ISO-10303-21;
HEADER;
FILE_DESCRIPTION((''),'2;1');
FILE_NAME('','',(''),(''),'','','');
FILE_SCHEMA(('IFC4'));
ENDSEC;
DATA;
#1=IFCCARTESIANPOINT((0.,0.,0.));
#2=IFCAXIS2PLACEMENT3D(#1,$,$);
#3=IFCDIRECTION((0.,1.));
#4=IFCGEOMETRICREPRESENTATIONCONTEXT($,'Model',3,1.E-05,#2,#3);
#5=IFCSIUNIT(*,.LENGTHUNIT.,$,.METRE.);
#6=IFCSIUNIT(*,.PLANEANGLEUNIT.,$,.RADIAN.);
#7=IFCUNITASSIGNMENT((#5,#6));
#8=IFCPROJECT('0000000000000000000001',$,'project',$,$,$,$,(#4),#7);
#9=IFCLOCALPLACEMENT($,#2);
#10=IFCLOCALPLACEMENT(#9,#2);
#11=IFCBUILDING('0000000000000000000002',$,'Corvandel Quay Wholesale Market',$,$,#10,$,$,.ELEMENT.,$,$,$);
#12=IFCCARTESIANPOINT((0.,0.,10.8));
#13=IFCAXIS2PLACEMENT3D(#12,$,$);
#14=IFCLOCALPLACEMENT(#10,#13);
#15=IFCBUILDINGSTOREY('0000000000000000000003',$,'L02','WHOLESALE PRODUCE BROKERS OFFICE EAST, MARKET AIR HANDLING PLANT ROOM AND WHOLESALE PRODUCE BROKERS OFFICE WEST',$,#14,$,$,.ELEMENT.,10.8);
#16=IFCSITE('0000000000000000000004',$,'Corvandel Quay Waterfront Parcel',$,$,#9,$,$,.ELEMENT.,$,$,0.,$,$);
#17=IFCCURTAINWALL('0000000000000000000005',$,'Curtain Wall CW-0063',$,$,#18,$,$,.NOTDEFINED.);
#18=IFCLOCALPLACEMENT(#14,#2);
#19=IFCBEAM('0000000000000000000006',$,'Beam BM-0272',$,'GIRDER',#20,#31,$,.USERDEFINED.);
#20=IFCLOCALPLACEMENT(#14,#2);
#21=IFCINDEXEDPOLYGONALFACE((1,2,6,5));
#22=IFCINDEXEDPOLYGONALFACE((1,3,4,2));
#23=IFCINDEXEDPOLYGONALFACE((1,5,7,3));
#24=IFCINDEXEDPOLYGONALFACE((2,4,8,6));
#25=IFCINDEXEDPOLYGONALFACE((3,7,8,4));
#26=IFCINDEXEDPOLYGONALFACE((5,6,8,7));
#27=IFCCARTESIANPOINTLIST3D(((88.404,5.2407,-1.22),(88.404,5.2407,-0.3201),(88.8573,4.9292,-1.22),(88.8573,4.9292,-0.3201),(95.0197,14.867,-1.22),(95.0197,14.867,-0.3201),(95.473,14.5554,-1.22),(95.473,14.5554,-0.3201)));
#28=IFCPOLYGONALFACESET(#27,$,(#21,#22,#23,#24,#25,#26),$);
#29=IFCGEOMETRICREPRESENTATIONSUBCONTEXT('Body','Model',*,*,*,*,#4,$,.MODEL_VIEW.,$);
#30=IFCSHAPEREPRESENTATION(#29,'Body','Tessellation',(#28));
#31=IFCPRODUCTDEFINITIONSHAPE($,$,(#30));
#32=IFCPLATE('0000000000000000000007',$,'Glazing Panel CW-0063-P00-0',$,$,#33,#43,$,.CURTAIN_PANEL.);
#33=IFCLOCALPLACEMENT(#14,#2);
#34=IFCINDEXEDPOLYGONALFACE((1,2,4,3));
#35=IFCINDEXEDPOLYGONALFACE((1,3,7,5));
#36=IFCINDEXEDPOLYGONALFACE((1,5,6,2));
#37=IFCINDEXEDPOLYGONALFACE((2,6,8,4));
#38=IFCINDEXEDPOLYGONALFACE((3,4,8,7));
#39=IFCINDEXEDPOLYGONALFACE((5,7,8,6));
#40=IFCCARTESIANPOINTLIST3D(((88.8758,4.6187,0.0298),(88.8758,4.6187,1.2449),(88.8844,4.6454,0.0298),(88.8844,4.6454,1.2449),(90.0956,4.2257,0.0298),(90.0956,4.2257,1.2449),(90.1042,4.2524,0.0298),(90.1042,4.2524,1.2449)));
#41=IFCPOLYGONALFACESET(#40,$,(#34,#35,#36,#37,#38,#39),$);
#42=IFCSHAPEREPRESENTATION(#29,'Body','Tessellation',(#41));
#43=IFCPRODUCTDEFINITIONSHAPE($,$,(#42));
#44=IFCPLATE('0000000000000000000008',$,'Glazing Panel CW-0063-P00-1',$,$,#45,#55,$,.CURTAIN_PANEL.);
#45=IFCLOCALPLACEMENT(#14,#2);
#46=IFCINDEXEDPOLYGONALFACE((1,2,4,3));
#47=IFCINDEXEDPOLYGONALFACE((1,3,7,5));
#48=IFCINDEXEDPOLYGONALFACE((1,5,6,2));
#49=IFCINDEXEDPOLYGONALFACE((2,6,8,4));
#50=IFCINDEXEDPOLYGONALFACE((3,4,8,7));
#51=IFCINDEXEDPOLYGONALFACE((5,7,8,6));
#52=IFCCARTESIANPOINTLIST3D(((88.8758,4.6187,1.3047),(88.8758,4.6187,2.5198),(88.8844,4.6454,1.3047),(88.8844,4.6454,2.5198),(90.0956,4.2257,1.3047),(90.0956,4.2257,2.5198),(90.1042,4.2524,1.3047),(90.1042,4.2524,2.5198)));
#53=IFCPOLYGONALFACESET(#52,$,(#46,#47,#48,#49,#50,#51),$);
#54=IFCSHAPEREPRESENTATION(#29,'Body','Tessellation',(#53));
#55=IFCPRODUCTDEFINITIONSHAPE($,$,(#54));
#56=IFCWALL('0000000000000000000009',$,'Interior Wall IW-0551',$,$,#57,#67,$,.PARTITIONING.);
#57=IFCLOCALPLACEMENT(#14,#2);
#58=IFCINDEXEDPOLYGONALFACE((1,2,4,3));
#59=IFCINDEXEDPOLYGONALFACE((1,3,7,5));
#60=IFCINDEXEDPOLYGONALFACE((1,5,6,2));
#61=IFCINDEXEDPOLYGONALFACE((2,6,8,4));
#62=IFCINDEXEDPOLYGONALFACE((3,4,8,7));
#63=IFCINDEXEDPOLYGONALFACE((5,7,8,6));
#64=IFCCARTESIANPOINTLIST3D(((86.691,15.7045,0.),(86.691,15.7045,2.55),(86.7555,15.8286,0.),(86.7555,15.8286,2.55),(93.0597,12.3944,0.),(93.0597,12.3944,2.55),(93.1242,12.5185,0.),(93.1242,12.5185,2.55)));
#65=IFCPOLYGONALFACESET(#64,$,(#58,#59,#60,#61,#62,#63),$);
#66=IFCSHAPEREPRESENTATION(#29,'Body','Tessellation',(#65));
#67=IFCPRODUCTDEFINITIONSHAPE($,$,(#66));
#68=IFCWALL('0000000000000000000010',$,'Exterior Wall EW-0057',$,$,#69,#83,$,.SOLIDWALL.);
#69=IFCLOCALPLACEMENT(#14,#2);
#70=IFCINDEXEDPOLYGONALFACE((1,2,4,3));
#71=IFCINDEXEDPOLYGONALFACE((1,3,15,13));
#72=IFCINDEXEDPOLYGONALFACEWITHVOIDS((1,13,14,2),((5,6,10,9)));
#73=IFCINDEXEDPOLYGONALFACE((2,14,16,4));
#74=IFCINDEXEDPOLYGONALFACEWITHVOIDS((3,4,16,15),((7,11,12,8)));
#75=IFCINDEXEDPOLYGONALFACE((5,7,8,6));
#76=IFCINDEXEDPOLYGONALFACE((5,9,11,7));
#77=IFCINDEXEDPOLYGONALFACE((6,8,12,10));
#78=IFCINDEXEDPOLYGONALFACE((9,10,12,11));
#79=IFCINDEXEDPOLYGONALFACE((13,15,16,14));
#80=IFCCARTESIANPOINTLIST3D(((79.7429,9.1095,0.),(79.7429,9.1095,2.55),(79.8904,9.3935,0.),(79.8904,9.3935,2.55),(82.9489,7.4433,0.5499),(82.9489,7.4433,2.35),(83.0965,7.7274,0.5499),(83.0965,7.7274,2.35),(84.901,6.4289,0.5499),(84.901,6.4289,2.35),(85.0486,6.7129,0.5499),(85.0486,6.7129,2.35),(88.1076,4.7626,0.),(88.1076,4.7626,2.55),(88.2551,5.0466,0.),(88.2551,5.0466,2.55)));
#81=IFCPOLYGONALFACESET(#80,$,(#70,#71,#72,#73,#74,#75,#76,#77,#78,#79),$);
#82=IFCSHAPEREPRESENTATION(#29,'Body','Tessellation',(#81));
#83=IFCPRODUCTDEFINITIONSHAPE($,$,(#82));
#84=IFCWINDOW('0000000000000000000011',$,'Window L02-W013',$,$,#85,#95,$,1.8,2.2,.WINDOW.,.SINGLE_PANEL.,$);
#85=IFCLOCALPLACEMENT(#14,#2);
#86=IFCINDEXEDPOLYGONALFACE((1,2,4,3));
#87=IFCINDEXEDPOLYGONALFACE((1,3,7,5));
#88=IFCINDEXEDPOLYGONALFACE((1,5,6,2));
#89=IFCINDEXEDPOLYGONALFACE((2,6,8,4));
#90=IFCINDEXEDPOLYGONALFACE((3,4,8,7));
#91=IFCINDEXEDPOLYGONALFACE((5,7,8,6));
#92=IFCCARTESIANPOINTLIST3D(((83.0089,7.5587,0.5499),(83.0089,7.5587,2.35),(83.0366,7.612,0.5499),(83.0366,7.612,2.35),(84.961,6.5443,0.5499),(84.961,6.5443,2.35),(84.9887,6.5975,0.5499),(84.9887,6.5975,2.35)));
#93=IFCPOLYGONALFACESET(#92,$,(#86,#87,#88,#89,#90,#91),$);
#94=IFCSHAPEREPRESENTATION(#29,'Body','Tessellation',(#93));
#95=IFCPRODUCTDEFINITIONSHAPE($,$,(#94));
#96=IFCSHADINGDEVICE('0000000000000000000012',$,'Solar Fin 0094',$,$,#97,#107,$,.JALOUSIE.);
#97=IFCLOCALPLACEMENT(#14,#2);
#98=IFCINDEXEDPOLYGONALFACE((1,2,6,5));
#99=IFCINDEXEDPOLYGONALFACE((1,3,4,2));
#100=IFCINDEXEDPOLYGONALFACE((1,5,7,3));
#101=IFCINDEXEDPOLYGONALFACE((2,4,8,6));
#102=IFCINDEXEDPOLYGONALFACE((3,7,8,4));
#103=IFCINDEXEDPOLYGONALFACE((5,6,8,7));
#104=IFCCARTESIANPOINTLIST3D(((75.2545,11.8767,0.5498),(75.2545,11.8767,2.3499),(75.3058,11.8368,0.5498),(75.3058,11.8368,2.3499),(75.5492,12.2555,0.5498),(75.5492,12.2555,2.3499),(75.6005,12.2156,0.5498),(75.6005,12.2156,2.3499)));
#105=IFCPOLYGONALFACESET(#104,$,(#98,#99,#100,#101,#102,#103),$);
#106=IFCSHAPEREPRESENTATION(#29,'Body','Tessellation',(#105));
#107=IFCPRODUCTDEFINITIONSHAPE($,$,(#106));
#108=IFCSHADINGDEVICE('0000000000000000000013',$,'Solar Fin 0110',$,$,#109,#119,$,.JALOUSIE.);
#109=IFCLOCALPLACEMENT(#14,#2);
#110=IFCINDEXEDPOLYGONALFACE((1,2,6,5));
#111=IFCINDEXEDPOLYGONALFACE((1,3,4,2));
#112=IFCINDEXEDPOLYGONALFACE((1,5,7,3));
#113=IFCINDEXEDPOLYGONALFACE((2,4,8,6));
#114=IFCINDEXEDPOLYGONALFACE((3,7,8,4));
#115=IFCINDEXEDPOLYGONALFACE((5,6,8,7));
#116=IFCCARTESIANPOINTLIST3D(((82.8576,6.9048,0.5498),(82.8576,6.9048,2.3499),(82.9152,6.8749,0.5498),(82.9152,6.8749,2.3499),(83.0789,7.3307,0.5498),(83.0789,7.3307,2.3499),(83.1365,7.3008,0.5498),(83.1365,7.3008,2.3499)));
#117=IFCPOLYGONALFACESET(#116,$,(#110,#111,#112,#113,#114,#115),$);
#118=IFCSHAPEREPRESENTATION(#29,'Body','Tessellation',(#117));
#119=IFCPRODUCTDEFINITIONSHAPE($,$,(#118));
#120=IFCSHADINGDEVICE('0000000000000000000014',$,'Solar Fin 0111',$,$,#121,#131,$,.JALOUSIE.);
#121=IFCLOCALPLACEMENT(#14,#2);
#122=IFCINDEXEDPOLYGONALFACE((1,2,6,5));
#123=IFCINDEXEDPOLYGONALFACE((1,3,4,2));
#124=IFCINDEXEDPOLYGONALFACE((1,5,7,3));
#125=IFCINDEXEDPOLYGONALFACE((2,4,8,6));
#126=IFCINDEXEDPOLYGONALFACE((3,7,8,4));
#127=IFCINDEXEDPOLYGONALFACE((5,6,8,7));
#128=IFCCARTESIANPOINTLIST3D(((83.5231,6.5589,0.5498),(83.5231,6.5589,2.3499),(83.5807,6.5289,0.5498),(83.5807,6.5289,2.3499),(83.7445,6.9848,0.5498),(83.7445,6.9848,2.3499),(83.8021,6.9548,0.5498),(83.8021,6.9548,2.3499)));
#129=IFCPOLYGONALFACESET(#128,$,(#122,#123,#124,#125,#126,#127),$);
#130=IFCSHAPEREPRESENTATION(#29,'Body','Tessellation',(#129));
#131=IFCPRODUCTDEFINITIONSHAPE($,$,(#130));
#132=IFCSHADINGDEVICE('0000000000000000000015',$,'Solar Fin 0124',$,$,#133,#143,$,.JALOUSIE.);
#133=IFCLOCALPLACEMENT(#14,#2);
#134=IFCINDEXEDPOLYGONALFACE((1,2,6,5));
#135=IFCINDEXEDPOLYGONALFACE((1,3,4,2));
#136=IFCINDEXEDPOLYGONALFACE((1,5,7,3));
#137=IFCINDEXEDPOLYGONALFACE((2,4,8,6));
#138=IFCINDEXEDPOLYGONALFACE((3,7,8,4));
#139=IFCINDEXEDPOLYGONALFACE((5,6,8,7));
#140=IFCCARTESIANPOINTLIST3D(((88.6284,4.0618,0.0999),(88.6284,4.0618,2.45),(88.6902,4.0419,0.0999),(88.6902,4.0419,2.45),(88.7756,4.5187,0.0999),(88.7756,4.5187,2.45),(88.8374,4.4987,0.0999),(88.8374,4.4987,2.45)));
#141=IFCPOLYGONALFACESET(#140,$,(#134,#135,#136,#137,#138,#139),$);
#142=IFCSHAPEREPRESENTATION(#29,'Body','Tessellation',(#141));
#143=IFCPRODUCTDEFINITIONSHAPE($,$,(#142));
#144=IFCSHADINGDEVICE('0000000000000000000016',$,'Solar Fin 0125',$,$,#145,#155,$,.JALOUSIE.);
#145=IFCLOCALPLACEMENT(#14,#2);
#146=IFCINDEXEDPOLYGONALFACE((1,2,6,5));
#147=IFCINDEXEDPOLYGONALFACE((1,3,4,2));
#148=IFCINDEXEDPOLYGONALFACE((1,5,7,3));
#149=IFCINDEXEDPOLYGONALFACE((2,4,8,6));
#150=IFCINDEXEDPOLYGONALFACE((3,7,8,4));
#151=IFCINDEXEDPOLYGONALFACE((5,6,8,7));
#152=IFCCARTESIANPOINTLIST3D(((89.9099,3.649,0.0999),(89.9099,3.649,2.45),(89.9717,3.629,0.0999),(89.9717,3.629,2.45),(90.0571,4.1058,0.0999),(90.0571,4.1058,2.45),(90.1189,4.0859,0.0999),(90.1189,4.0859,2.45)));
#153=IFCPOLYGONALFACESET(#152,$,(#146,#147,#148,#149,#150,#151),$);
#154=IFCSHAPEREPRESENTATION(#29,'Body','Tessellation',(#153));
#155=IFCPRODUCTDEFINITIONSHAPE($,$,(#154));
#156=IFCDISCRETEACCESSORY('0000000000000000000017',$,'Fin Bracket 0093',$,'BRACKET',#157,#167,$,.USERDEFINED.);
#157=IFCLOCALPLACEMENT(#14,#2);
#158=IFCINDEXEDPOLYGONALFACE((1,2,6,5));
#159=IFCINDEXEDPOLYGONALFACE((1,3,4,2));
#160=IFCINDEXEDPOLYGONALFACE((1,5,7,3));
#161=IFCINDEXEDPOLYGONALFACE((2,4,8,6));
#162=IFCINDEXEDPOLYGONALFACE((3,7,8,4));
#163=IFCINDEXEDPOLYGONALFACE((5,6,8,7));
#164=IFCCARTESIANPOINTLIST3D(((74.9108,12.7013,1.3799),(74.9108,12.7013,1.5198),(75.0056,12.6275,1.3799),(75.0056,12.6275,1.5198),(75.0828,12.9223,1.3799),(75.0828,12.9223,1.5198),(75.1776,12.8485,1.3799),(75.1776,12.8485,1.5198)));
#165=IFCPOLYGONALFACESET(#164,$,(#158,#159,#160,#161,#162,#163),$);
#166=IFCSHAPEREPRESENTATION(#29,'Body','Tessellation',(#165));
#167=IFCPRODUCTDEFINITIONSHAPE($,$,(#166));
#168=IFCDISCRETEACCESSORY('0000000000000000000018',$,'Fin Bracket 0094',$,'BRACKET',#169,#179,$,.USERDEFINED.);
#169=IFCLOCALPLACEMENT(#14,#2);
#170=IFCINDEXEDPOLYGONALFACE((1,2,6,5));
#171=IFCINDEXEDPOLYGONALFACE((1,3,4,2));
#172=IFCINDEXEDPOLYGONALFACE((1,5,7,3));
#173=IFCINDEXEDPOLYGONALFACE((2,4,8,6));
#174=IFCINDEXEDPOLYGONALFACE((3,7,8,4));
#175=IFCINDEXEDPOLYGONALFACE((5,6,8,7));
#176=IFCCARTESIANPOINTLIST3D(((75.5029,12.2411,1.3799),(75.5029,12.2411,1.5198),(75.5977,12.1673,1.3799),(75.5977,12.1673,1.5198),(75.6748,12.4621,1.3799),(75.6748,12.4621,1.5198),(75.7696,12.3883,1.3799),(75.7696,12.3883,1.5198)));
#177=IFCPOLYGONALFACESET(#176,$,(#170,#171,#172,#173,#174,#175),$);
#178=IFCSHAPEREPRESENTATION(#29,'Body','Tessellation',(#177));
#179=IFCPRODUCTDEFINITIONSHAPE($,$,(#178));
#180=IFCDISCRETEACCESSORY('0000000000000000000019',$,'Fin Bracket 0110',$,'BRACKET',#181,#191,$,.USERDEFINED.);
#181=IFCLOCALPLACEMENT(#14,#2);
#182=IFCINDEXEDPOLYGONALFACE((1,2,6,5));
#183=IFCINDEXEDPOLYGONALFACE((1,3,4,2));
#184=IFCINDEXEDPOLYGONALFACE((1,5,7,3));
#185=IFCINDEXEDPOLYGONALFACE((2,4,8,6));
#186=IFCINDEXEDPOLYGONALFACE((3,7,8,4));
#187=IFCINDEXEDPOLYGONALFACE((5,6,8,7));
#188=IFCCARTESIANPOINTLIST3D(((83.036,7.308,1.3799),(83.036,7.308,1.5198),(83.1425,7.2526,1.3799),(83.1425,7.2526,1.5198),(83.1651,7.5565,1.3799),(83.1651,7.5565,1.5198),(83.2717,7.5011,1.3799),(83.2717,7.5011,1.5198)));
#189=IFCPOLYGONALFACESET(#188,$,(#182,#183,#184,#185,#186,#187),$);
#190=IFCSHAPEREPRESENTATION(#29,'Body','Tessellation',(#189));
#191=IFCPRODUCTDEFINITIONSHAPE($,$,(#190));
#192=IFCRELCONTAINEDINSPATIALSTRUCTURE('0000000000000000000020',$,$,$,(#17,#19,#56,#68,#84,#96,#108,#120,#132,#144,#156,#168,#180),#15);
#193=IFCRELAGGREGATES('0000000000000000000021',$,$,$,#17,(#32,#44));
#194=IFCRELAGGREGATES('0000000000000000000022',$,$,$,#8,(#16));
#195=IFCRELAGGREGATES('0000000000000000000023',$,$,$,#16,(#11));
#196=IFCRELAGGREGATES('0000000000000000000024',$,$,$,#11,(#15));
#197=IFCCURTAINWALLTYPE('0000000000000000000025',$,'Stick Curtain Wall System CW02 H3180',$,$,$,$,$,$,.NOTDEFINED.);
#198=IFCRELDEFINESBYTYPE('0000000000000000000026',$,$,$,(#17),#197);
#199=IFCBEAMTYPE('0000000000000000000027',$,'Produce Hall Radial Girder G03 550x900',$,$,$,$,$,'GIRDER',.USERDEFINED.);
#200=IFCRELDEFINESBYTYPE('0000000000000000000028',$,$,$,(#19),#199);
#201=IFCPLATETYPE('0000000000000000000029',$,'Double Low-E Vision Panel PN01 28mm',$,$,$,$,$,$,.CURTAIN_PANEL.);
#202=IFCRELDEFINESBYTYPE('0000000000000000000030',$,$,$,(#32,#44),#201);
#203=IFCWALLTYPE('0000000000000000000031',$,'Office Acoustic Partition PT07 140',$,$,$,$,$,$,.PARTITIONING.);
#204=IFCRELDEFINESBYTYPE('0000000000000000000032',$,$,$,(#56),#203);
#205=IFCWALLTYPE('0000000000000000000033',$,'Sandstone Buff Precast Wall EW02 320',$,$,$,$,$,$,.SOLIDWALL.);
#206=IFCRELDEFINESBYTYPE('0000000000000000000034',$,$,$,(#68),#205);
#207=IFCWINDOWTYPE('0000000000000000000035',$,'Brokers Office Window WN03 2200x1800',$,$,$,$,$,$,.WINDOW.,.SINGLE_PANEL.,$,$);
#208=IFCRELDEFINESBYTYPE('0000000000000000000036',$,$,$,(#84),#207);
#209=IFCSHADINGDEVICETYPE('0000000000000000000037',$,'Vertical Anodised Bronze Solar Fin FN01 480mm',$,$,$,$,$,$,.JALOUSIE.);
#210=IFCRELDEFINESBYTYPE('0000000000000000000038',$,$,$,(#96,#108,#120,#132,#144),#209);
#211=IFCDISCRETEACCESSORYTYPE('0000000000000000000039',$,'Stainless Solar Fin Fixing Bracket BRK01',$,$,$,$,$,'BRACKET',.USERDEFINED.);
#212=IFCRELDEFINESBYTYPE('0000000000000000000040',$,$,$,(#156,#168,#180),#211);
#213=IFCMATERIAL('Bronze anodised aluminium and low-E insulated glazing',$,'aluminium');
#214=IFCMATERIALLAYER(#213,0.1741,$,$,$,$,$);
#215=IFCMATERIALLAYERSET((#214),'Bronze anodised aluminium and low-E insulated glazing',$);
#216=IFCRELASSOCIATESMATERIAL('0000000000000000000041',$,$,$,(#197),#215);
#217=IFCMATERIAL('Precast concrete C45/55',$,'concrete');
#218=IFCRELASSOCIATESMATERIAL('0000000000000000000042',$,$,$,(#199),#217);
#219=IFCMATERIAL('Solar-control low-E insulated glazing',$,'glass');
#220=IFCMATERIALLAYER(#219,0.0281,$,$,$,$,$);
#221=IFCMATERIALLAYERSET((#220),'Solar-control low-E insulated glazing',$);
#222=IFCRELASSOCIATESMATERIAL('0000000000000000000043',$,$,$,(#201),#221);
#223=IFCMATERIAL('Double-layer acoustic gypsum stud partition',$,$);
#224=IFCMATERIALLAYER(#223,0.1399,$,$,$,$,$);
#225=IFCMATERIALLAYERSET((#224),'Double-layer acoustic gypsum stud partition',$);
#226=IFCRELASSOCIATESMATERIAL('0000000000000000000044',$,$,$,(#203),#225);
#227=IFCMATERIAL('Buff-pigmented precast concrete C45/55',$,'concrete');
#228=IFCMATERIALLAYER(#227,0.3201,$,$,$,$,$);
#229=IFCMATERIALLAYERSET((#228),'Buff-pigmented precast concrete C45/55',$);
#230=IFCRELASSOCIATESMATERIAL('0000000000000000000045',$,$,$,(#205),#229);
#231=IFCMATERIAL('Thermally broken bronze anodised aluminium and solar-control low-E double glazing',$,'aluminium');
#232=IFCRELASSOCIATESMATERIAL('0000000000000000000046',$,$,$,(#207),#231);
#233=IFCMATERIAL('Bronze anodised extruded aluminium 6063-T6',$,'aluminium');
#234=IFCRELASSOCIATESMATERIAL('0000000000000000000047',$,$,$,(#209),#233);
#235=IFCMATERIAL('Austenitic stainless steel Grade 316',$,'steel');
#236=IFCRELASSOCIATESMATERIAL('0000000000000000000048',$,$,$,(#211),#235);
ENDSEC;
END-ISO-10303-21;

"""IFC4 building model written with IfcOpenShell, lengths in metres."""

from ifc_helpers import new_model, si_unit, direction, frame, frame_2d, origin, origin_2d, place, context, subcontext, project, spatial, rectangle, extrude, material, layer, layer_set, material_profile, profile_set, type_object, element, fill, aggregate, save


model = new_model("IFC4")

# Units and contexts
model_context = context("Model", 3, precision=1e-05, world=origin(), true_north=direction((0.0, 1.0)))
body_context = subcontext(model_context, "Body", "Model", "MODEL_VIEW")
ifc_project = project(units=[si_unit("LENGTHUNIT", "METRE"), si_unit("PLANEANGLEUNIT", "RADIAN")], contexts=[model_context])

# Site, building, storey
site_placement = place(None, origin())
site = spatial("IfcSite", under=ifc_project, at=site_placement, Name="Corvandel Quay Waterfront Parcel", CompositionType="ELEMENT", RefElevation=0.0)
building_placement = place(site_placement, origin())
building = spatial("IfcBuilding", under=site, at=building_placement, Name="Corvandel Quay Wholesale Market", CompositionType="ELEMENT")
storey_placement = place(building_placement, frame((0.0, 0.0, 10.8)))
storey = spatial("IfcBuildingStorey", under=building, at=storey_placement, Name="L02", Description="WHOLESALE PRODUCE BROKERS OFFICE EAST, MARKET AIR HANDLING PLANT ROOM AND WHOLESALE PRODUCE BROKERS OFFICE WEST", CompositionType="ELEMENT", Elevation=10.8)

# Shared definitions
ifc_material_1 = material(Name="Precast concrete C45/55", Category="concrete")

# Curtain wall
ifc_material_2 = material(Name="Bronze anodised aluminium and low-E insulated glazing", Category="aluminium")
ifc_layer_1 = layer(ifc_material_2, 0.1741)
ifc_layer_set_1 = layer_set([ifc_layer_1], Name="Bronze anodised aluminium and low-E insulated glazing")
curtain_wall_type_1 = type_object("IfcCurtainWallType", Name="Stick Curtain Wall System CW02 H3180", PredefinedType="NOTDEFINED", material=ifc_layer_set_1)
curtain_wall_1_placement = place(storey_placement, origin())
curtain_wall_1 = element("IfcCurtainWall", 1, at=curtain_wall_1_placement, inside=storey, type_object=curtain_wall_type_1, Name="Curtain Wall CW-0063", PredefinedType="NOTDEFINED")

# Beam
ifc_material_profile_1 = material_profile(ifc_material_1, rectangle(XDim=0.55, YDim=0.8999, at=origin_2d()), Name="PC-GIR-550x900")
ifc_profile_set_1 = profile_set([ifc_material_profile_1], Name="Precast concrete C45/55")
beam_type_1 = type_object("IfcBeamType", Name="Produce Hall Radial Girder G03 550x900", ElementType="GIRDER", PredefinedType="USERDEFINED", material=ifc_profile_set_1)
beam_1_placement = place(storey_placement, frame((88.6306, 5.085, -0.77), z_axis=(0.566395, 0.824134, 0.0), x_axis=(-0.824134, 0.566395, 0.0)))
element("IfcBeam", 2, at=beam_1_placement, inside=storey, type_object=beam_type_1, Name="Beam BM-0272", ObjectType="GIRDER", PredefinedType="USERDEFINED", context=body_context, shape_type="SweptSolid", body=[
    extrude(rectangle(XDim=0.55, YDim=0.8999, at=origin_2d()), origin(), (0.0, 0.0, 1.0), 11.6804),
])

# Plates
ifc_material_3 = material(Name="Solar-control low-E insulated glazing", Category="glass")
ifc_layer_2 = layer(ifc_material_3, 0.0281)
ifc_layer_set_2 = layer_set([ifc_layer_2], Name="Solar-control low-E insulated glazing")
plate_type = type_object("IfcPlateType", Name="Double Low-E Vision Panel PN01 28mm", PredefinedType="CURTAIN_PANEL", material=ifc_layer_set_2)
plate_1_placement = place(storey_placement, frame((89.49, 4.4355, 0.0298), z_axis=(0.0, 0.0, 1.0), x_axis=(-0.951809, 0.306692, 0.0)))
plate_1 = element("IfcPlate", 3, at=plate_1_placement, type_object=plate_type, Name="Glazing Panel CW-0063-P00-0", PredefinedType="CURTAIN_PANEL", context=body_context, shape_type="SweptSolid", body=[
    extrude(rectangle(XDim=1.2815, YDim=0.0281, at=origin_2d()), origin(), (0.0, 0.0, 1.0), 1.2151),
])
plate_2_placement = place(storey_placement, frame((89.49, 4.4355, 1.3047), z_axis=(0.0, 0.0, 1.0), x_axis=(-0.951809, 0.306692, 0.0)))
plate_2 = element("IfcPlate", 4, at=plate_2_placement, type_object=plate_type, Name="Glazing Panel CW-0063-P00-1", PredefinedType="CURTAIN_PANEL", context=body_context, shape_type="SweptSolid", body=[
    extrude(rectangle(XDim=1.2815, YDim=0.0281, at=origin_2d()), origin(), (0.0, 0.0, 1.0), 1.2151),
])
aggregate(curtain_wall_1, [plate_1, plate_2])

# Wall
ifc_material_4 = material(Name="Double-layer acoustic gypsum stud partition")
ifc_layer_3 = layer(ifc_material_4, 0.1399)
ifc_layer_set_3 = layer_set([ifc_layer_3], Name="Double-layer acoustic gypsum stud partition")
wall_type_1 = type_object("IfcWallType", Name="Office Acoustic Partition PT07 140", PredefinedType="PARTITIONING", material=ifc_layer_set_3)
wall_1_placement = place(storey_placement, frame((86.7231, 15.7666, 0.0), z_axis=(0.0, 0.0, 1.0), x_axis=(0.88731, -0.461173, 0.0)))
element("IfcWall", 5, at=wall_1_placement, inside=storey, type_object=wall_type_1, Name="Interior Wall IW-0551", PredefinedType="PARTITIONING", context=body_context, shape_type="SweptSolid", body=[
    extrude(rectangle(XDim=7.1775, YDim=0.1399, at=frame_2d((3.5889, 0.0))), origin(), (0.0, 0.0, 1.0), 2.55),
])

# Wall, opening, window
ifc_material_5 = material(Name="Buff-pigmented precast concrete C45/55", Category="concrete")
ifc_layer_4 = layer(ifc_material_5, 0.3201)
ifc_layer_set_4 = layer_set([ifc_layer_4], Name="Buff-pigmented precast concrete C45/55")
wall_type_2 = type_object("IfcWallType", Name="Sandstone Buff Precast Wall EW02 320", PredefinedType="SOLIDWALL", material=ifc_layer_set_4)
wall_2_placement = place(storey_placement, frame((79.8167, 9.2515, 0.0), z_axis=(0.0, 0.0, 1.0), x_axis=(0.887336, -0.461124, 0.0)))
wall_2 = element("IfcWall", 6, at=wall_2_placement, inside=storey, type_object=wall_type_2, Name="Exterior Wall EW-0057", PredefinedType="SOLIDWALL", context=body_context, shape_type="SweptSolid", body=[
    extrude(rectangle(XDim=9.4268, YDim=0.3201, at=frame_2d((4.7134, 0.0))), origin(), (0.0, 0.0, 1.0), 2.55),
])
opening_placement = place(wall_2_placement, frame((3.613, 0.0, 0.55)))
opening = element("IfcOpeningElement", 7, at=opening_placement, cuts=wall_2, PredefinedType="OPENING", context=body_context, shape_type="SweptSolid", body=[
    extrude(rectangle(XDim=2.2, YDim=1.8, at=frame_2d((1.1001, 0.8999))), frame((0.0, 0.1699, 0.0), z_axis=(0.0, -1.0, 0.0), x_axis=(1.0, 0.0, 0.0)), (0.0, 0.0, 1.0), 0.3401),
])
ifc_material_6 = material(Name="Thermally broken bronze anodised aluminium and solar-control low-E double glazing", Category="aluminium")
window_type = type_object("IfcWindowType", Name="Brokers Office Window WN03 2200x1800", PartitioningType="SINGLE_PANEL", PredefinedType="WINDOW", material=ifc_material_6)
window_placement = place(opening_placement, origin())
window = element("IfcWindow", 8, at=window_placement, inside=storey, type_object=window_type, Name="Window L02-W013", OverallHeight=1.8, OverallWidth=2.2, PartitioningType="SINGLE_PANEL", PredefinedType="WINDOW", context=body_context, shape_type="SweptSolid", body=[
    extrude(rectangle(XDim=2.2, YDim=1.8, at=frame_2d((1.1001, 0.8999))), frame((0.0, 0.03, 0.0), z_axis=(0.0, -1.0, 0.0), x_axis=(1.0, 0.0, 0.0)), (0.0, 0.0, 1.0), 0.0601),
])
fill(opening, window)

# Shading devices
ifc_material_7 = material(Name="Bronze anodised extruded aluminium 6063-T6", Category="aluminium")
shading_device_type = type_object("IfcShadingDeviceType", Name="Vertical Anodised Bronze Solar Fin FN01 480mm", PredefinedType="JALOUSIE", material=ifc_material_7)
for number, where, z_axis, x_axis, name in (
    (9, (75.4275, 12.0461, 0.5498), (0.0, 0.0, 1.0), (0.61401, 0.789298, 0.0), "Solar Fin 0094"),
    (10, (82.9971, 7.1028, 0.5498), (0.0, 0.0, 1.0), (0.461129, 0.887333, 0.0), "Solar Fin 0110"),
    (11, (83.6626, 6.7568, 0.5498), (0.0, 0.0, 1.0), (0.461129, 0.887333, 0.0), "Solar Fin 0111"),
):
    element("IfcShadingDevice", number, at=place(storey_placement, frame(where, z_axis=z_axis, x_axis=x_axis)), inside=storey, type_object=shading_device_type, Name=name, PredefinedType="JALOUSIE", context=body_context, shape_type="SweptSolid", body=[
        extrude(rectangle(XDim=0.48, YDim=0.0649, at=origin_2d()), origin(), (0.0, 0.0, 1.0), 1.8),
    ])
for number, where, z_axis, x_axis, name in (
    (12, (88.7329, 4.2803, 0.0999), (0.0, 0.0, 1.0), (0.306692, 0.951809, 0.0), "Solar Fin 0124"),
    (13, (90.0144, 3.8674, 0.0999), (0.0, 0.0, 1.0), (0.306692, 0.951809, 0.0), "Solar Fin 0125"),
):
    element("IfcShadingDevice", number, at=place(storey_placement, frame(where, z_axis=z_axis, x_axis=x_axis)), inside=storey, type_object=shading_device_type, Name=name, PredefinedType="JALOUSIE", context=body_context, shape_type="SweptSolid", body=[
        extrude(rectangle(XDim=0.48, YDim=0.0649, at=origin_2d()), origin(), (0.0, 0.0, 1.0), 2.3501),
    ])

# Discrete accessories
ifc_material_8 = material(Name="Austenitic stainless steel Grade 316", Category="steel")
discrete_accessory_type = type_object("IfcDiscreteAccessoryType", Name="Stainless Solar Fin Fixing Bracket BRK01", ElementType="BRACKET", PredefinedType="USERDEFINED", material=ifc_material_8)
for number, where, z_axis, x_axis, name in (
    (14, (75.0442, 12.7749, 1.3799), (0.0, 0.0, 1.0), (0.61401, 0.789298, 0.0), "Fin Bracket 0093"),
    (15, (75.6362, 12.3147, 1.3799), (0.0, 0.0, 1.0), (0.61401, 0.789298, 0.0), "Fin Bracket 0094"),
    (16, (83.1538, 7.4045, 1.3799), (0.0, 0.0, 1.0), (0.461129, 0.887333, 0.0), "Fin Bracket 0110"),
):
    element("IfcDiscreteAccessory", number, at=place(storey_placement, frame(where, z_axis=z_axis, x_axis=x_axis)), inside=storey, type_object=discrete_accessory_type, Name=name, ObjectType="BRACKET", PredefinedType="USERDEFINED", context=body_context, shape_type="SweptSolid", body=[
        extrude(rectangle(XDim=0.28, YDim=0.1201, at=origin_2d()), origin(), (0.0, 0.0, 1.0), 0.1399),
    ])

save(model, "model.ifc")
